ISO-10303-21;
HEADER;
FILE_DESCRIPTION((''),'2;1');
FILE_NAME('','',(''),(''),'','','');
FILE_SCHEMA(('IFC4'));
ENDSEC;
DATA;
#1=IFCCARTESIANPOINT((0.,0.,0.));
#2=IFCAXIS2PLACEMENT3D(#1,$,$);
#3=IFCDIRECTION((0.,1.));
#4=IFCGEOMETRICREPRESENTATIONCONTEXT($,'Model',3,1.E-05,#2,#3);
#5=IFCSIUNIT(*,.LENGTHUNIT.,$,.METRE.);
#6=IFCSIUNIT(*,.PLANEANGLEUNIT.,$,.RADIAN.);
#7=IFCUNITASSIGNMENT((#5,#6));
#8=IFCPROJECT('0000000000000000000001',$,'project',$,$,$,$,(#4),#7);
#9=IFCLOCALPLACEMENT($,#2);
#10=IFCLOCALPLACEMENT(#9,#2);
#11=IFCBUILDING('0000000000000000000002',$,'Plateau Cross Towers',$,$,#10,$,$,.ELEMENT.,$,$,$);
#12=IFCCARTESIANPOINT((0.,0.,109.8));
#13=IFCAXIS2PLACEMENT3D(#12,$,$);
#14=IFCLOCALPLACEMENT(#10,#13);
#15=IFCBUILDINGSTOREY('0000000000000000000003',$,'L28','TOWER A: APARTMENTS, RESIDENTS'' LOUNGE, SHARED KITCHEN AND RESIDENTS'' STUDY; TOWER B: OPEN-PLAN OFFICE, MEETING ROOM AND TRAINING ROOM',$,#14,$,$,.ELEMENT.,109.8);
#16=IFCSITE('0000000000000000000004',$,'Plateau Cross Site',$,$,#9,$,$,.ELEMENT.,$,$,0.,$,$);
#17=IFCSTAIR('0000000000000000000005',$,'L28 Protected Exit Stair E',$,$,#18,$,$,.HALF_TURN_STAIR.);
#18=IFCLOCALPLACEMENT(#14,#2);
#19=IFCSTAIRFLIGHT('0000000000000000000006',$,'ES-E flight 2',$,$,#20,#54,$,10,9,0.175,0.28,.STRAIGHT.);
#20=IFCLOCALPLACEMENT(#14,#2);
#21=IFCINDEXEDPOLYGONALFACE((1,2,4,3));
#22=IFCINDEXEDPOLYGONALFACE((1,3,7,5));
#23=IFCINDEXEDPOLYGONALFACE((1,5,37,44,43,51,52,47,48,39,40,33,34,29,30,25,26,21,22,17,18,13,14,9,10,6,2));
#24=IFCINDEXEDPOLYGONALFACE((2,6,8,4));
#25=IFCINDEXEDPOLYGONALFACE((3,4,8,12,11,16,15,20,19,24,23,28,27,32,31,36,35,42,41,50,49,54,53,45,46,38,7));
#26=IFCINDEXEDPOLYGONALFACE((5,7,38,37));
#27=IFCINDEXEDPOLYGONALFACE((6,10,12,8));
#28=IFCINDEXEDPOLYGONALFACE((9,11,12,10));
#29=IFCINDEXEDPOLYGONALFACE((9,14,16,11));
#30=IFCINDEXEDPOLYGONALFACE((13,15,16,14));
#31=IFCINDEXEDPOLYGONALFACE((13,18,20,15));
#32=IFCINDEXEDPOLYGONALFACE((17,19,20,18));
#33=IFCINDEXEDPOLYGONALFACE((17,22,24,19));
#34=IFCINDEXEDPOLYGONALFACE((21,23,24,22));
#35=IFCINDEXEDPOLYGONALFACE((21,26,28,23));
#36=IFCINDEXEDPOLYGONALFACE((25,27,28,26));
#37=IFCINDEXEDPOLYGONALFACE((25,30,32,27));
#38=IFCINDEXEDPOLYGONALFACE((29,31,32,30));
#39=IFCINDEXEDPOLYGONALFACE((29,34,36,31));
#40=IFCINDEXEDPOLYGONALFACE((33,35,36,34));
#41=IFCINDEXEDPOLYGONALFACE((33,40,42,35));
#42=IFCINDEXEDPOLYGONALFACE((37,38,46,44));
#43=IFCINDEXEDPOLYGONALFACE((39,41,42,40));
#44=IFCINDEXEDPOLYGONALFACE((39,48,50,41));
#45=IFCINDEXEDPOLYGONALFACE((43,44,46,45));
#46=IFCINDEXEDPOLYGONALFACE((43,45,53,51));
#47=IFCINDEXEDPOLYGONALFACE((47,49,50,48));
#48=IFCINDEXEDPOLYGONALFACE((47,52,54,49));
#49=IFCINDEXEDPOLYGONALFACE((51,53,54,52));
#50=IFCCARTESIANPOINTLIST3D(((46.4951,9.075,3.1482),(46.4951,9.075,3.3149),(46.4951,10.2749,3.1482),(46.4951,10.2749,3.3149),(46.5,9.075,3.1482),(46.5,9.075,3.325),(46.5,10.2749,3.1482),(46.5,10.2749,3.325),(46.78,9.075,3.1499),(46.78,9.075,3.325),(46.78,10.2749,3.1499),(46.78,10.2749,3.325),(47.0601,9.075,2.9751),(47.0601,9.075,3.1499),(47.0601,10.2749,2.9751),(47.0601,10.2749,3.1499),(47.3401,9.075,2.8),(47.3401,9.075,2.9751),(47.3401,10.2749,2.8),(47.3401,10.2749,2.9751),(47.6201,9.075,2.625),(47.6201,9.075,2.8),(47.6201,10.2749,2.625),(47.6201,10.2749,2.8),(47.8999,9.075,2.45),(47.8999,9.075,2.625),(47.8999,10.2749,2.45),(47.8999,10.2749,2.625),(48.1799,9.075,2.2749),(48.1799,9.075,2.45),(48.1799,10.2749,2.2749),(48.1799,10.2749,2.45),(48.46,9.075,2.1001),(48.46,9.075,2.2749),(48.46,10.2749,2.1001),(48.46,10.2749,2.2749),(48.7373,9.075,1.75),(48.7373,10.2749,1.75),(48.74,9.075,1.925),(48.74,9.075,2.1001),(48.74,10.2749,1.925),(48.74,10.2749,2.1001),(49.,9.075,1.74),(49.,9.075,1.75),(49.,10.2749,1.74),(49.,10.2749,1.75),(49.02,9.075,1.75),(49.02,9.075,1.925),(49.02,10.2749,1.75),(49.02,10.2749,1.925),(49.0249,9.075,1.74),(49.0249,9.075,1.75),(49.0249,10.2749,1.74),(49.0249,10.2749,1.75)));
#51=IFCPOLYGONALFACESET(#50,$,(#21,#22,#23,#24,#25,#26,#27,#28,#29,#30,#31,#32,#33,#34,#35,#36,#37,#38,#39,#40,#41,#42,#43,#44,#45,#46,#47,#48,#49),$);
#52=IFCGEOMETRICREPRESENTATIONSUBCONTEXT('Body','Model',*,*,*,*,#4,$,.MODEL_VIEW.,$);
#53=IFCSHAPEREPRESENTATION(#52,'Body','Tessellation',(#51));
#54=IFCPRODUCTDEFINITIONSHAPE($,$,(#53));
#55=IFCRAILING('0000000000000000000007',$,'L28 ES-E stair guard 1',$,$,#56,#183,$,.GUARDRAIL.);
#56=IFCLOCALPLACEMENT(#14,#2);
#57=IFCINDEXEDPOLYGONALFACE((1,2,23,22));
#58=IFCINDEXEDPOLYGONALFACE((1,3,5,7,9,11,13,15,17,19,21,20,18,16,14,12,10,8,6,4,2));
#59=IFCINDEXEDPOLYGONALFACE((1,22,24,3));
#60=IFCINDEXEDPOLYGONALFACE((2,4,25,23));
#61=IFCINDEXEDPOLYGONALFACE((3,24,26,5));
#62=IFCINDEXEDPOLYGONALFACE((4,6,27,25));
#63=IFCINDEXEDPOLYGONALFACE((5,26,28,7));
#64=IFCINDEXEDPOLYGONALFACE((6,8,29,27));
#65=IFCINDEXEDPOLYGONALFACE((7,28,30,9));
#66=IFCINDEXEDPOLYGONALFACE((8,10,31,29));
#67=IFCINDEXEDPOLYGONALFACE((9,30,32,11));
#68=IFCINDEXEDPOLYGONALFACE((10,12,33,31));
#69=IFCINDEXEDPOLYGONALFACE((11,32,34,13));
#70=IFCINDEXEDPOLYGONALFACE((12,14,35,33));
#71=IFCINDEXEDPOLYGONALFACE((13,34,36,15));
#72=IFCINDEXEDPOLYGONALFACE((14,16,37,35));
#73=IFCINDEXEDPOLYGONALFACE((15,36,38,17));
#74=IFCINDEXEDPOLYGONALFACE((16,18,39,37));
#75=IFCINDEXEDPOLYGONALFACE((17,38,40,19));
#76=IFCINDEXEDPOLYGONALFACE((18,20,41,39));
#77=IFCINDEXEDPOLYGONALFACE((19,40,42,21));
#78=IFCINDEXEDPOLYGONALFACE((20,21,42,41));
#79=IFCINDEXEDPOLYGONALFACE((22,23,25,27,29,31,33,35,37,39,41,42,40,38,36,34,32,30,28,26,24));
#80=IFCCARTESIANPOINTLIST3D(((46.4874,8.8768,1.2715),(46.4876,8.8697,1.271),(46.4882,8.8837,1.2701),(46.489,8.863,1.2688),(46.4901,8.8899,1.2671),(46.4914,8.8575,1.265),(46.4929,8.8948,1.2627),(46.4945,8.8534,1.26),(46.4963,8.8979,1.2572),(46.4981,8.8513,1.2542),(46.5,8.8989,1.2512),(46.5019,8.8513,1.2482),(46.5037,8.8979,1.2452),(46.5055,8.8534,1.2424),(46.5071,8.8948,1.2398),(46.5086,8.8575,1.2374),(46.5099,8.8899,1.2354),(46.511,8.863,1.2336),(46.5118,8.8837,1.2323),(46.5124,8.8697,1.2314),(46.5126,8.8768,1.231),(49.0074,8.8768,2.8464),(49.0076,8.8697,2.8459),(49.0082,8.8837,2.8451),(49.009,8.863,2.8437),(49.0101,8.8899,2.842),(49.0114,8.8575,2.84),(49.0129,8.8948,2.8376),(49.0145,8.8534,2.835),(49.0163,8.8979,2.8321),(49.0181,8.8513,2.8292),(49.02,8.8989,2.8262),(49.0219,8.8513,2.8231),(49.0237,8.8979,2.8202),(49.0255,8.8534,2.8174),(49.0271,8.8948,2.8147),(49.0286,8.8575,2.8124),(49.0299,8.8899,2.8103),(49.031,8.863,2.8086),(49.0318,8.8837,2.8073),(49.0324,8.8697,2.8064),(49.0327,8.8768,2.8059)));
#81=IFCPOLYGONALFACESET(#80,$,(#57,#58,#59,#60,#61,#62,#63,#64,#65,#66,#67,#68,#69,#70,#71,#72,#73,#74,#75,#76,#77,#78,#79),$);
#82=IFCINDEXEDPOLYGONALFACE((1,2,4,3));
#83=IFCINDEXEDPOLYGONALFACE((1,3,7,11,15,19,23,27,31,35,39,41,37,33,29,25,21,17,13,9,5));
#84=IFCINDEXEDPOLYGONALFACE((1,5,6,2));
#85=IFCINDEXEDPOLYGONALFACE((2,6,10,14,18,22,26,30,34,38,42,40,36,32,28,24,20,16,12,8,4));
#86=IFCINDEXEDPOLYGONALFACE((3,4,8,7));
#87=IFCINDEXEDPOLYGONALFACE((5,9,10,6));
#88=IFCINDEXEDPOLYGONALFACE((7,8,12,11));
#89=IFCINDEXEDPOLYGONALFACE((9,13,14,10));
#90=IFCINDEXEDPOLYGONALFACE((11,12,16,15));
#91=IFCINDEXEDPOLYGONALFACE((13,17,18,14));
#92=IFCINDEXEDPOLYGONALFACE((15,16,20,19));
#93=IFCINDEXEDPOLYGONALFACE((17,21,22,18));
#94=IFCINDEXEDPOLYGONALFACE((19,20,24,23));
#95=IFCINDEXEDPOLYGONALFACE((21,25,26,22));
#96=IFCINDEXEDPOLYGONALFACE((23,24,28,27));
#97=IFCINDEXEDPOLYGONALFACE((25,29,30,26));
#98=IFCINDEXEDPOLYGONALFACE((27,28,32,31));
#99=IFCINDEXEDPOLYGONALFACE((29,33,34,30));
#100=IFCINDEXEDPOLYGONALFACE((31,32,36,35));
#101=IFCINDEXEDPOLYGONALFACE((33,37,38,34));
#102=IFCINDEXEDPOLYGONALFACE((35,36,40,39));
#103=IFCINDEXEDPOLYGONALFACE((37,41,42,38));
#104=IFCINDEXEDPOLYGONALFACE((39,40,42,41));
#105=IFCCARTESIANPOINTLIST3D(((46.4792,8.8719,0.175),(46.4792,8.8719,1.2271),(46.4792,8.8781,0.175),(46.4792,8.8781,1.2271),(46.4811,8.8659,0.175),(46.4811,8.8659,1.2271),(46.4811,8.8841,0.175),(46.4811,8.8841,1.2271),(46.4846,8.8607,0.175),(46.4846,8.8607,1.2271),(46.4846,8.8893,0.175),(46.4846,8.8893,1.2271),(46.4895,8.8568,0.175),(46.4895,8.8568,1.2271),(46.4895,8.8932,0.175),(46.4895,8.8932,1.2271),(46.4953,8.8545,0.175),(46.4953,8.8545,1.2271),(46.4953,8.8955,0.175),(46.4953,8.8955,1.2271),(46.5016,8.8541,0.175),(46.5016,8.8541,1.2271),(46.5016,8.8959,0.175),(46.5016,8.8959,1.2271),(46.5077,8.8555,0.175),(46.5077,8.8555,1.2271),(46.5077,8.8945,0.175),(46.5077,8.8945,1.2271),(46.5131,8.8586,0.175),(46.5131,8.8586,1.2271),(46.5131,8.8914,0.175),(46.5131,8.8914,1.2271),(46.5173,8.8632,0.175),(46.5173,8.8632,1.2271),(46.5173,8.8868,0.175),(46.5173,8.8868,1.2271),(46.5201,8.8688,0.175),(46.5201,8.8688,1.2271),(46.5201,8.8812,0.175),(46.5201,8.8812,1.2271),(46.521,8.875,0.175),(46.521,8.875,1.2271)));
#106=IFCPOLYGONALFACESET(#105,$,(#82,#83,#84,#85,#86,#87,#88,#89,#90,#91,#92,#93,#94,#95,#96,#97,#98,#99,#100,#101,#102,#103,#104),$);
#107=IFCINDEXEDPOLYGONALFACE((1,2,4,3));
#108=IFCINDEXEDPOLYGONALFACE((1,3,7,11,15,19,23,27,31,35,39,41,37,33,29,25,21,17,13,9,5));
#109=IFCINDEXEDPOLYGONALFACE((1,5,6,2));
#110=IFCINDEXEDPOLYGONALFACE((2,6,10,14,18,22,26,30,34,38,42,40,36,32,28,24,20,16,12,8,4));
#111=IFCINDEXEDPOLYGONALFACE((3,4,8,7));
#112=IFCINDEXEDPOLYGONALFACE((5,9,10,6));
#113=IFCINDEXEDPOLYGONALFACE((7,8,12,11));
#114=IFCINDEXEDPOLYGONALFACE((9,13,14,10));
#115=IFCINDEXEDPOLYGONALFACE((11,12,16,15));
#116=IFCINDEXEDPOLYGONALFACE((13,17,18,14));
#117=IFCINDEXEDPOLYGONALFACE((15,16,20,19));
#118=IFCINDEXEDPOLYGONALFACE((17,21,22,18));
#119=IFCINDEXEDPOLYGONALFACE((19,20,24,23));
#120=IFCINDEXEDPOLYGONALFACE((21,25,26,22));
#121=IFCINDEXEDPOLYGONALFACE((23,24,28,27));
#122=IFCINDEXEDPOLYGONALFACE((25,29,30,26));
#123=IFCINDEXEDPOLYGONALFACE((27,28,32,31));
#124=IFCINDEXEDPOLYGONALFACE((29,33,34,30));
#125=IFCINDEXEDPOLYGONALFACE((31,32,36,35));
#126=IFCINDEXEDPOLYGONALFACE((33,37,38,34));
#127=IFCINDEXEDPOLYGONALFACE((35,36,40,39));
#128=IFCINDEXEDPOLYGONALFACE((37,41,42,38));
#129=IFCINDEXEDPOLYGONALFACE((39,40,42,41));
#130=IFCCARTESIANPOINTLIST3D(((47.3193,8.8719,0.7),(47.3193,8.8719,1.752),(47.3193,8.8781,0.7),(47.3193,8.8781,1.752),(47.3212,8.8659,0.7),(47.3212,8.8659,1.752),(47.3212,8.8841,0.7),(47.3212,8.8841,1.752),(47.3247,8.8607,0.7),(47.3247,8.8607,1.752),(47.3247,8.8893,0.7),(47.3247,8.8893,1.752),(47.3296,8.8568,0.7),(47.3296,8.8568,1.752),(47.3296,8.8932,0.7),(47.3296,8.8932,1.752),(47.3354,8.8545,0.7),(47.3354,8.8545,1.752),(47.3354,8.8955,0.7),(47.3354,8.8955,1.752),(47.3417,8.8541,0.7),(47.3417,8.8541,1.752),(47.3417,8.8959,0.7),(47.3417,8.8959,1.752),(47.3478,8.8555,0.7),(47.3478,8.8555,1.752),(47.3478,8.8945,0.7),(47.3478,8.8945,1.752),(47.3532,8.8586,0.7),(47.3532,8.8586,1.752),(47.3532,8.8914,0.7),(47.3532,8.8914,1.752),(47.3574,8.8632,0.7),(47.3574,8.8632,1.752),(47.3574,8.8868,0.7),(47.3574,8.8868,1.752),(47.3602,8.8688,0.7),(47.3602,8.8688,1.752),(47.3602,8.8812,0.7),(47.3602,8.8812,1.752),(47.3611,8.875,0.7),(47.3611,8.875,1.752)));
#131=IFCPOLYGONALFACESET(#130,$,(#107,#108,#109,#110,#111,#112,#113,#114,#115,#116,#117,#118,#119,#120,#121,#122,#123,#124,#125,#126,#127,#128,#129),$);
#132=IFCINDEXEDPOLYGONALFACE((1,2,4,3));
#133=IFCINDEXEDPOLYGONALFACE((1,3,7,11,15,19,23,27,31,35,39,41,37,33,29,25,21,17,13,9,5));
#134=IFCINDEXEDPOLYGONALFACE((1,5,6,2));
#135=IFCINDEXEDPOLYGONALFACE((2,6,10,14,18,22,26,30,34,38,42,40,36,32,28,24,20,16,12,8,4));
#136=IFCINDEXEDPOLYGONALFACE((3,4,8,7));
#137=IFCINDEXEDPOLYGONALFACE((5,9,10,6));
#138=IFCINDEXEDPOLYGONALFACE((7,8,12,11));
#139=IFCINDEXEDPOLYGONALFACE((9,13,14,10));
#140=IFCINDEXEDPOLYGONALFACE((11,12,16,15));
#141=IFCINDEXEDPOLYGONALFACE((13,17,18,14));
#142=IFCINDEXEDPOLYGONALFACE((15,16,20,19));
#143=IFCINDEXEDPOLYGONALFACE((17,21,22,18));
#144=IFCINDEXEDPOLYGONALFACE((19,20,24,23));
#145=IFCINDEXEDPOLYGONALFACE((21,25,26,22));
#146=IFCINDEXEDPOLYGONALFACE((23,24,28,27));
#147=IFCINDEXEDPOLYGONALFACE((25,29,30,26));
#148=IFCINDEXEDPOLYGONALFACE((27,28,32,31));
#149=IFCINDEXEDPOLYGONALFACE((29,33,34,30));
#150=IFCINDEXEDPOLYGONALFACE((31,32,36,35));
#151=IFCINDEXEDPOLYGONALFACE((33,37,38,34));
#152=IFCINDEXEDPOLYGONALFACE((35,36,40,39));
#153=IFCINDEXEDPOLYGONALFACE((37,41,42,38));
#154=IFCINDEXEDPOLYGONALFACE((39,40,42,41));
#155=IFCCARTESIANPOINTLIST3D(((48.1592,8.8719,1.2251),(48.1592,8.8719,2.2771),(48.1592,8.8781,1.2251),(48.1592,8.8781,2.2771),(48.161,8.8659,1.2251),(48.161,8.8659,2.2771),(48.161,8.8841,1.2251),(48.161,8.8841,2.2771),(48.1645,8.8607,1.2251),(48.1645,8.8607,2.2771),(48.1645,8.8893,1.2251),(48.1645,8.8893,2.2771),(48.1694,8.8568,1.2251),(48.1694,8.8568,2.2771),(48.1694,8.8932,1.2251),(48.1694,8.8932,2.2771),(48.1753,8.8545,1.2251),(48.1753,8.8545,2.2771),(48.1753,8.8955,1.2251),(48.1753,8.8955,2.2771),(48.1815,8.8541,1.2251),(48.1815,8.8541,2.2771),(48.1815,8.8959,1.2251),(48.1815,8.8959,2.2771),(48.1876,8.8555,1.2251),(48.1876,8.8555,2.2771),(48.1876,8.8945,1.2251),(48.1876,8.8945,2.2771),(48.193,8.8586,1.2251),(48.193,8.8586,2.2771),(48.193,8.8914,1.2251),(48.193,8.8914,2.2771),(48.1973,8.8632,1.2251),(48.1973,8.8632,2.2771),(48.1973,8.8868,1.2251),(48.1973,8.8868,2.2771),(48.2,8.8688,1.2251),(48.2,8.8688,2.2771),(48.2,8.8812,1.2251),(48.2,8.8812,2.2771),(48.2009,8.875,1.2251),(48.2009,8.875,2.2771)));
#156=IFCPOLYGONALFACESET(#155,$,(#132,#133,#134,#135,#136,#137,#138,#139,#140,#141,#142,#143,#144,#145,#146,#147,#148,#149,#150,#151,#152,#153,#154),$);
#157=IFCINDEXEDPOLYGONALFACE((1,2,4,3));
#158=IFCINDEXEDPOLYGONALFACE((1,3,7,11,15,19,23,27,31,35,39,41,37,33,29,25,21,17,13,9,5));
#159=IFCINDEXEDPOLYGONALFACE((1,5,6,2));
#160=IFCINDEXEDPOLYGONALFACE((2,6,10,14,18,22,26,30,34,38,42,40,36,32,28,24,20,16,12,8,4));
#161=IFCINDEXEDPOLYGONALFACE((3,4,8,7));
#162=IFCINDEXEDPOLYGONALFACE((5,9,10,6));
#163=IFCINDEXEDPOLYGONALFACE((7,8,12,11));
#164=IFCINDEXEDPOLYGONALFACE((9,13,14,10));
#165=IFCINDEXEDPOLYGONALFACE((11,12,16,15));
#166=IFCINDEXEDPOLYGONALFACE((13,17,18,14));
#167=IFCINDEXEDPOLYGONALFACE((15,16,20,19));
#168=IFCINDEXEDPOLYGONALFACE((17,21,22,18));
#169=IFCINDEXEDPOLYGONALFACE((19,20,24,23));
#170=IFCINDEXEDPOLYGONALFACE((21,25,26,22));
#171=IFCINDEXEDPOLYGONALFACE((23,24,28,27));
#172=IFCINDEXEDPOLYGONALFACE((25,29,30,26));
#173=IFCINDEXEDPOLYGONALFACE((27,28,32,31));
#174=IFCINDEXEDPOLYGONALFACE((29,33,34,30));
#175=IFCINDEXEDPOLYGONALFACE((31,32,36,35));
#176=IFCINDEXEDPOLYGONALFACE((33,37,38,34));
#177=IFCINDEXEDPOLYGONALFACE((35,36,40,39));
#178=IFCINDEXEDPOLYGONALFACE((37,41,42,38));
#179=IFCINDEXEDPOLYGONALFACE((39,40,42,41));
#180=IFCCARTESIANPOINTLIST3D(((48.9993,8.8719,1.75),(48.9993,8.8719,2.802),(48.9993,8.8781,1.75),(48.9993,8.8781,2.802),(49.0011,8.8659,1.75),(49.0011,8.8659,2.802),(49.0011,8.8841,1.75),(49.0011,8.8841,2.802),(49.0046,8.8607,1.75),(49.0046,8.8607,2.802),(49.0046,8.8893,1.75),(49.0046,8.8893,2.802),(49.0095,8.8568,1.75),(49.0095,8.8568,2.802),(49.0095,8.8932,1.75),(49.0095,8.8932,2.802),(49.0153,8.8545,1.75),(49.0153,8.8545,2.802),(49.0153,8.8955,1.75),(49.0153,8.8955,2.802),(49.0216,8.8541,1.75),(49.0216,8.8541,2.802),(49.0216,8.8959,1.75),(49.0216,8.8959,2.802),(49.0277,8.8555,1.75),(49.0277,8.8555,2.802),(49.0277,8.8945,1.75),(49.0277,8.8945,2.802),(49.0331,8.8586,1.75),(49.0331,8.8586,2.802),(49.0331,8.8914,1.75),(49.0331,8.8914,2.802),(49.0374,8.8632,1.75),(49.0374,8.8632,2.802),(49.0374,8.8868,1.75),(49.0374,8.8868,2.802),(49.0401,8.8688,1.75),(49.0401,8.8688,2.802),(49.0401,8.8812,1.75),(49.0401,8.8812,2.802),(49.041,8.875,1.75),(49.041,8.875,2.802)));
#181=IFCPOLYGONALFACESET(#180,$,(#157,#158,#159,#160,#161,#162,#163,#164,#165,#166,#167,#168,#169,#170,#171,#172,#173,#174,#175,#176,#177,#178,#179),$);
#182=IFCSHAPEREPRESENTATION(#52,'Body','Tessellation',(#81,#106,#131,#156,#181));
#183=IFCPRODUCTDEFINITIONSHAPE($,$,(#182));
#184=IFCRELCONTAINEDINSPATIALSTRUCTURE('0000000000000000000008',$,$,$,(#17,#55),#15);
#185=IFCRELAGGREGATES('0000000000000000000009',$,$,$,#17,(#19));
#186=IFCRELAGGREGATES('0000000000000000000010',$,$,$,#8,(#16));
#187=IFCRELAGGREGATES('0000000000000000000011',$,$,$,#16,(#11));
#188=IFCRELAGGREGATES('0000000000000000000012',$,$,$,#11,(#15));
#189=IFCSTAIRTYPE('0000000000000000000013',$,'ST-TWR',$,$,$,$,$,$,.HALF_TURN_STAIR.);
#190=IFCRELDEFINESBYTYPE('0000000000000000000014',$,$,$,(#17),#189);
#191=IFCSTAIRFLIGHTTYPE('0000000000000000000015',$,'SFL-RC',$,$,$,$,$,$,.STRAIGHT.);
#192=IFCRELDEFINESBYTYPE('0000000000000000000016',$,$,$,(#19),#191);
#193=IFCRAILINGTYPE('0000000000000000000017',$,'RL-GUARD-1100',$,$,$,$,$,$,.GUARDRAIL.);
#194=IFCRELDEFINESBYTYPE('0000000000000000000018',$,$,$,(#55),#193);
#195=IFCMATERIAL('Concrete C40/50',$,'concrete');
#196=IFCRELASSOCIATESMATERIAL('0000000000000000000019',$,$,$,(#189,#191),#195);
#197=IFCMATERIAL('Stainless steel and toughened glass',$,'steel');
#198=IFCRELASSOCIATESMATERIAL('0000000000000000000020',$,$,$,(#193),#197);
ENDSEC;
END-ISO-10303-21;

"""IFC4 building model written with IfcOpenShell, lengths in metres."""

from ifc_helpers import new_model, si_unit, direction, frame, origin, origin_2d, place, context, subcontext, project, spatial, polyline, circle, outline, extrude, material, type_object, element, aggregate, save


model = new_model("IFC4")

# Units and contexts
model_context = context("Model", 3, precision=1e-05, world=origin(), true_north=direction((0.0, 1.0)))
body_context = subcontext(model_context, "Body", "Model", "MODEL_VIEW")
ifc_project = project(units=[si_unit("LENGTHUNIT", "METRE"), si_unit("PLANEANGLEUNIT", "RADIAN")], contexts=[model_context])

# Site, building, storey
site_placement = place(None, origin())
site = spatial("IfcSite", under=ifc_project, at=site_placement, Name="Plateau Cross Site", CompositionType="ELEMENT", RefElevation=0.0)
building_placement = place(site_placement, origin())
building = spatial("IfcBuilding", under=site, at=building_placement, Name="Plateau Cross Towers", CompositionType="ELEMENT")
storey_placement = place(building_placement, frame((0.0, 0.0, 109.8)))
storey = spatial("IfcBuildingStorey", under=building, at=storey_placement, Name="L28", Description="TOWER A: APARTMENTS, RESIDENTS' LOUNGE, SHARED KITCHEN AND RESIDENTS' STUDY; TOWER B: OPEN-PLAN OFFICE, MEETING ROOM AND TRAINING ROOM", CompositionType="ELEMENT", Elevation=109.8)

# Stair, stair flight
ifc_material_1 = material(Name="Concrete C40/50", Category="concrete")
stair_type = type_object("IfcStairType", Name="ST-TWR", PredefinedType="HALF_TURN_STAIR", material=ifc_material_1)
stair_placement = place(storey_placement, origin())
stair = element("IfcStair", 1, at=stair_placement, inside=storey, type_object=stair_type, Name="L28 Protected Exit Stair E", PredefinedType="HALF_TURN_STAIR")
stair_flight_type = type_object("IfcStairFlightType", Name="SFL-RC", PredefinedType="STRAIGHT", material=ifc_material_1)
stair_flight_1_placement = place(storey_placement, frame((49.02, 9.675, 1.75), z_axis=(0.0, 0.0, 1.0), x_axis=(-1.0, 0.0, 0.0)))
stair_flight_1 = element("IfcStairFlight", 2, at=stair_flight_1_placement, type_object=stair_flight_type, Name="ES-E flight 2", NumberOfRisers=10, NumberOfTreads=9, PredefinedType="STRAIGHT", RiserHeight=0.175, TreadLength=0.28, context=body_context, shape_type="SweptSolid", body=[
    extrude(outline(polyline([(-0.0049, -0.01), (-0.0049, 0.0), (0.0, 0.0), (0.0, 0.175), (0.28, 0.175), (0.28, 0.3501), (0.5601, 0.3501), (0.5601, 0.5249), (0.8401, 0.5249), (0.8401, 0.7), (1.1201, 0.7), (1.1201, 0.875), (1.3999, 0.875), (1.3999, 1.05), (1.6799, 1.05), (1.6799, 1.2251), (1.96, 1.2251), (1.96, 1.3999), (2.24, 1.3999), (2.24, 1.575), (2.52, 1.575), (2.5249, 1.5649), (2.5249, 1.3982), (2.52, 1.3982), (0.2827, 0.0), (0.02, 0.0), (0.02, -0.01), (-0.0049, -0.01)])), frame((0.0, 0.6001, 0.0), z_axis=(0.0, -1.0, 0.0), x_axis=(1.0, 0.0, 0.0)), (0.0, 0.0, 1.0), 1.2),
])
aggregate(stair, [stair_flight_1])

# Railing
ifc_material_2 = material(Name="Stainless steel and toughened glass", Category="steel")
railing_type_1 = type_object("IfcRailingType", Name="RL-GUARD-1100", PredefinedType="GUARDRAIL", material=ifc_material_2)
railing_1_placement = place(storey_placement, frame((46.5, 8.875, 0.175)))
element("IfcRailing", 3, at=railing_1_placement, inside=storey, type_object=railing_type_1, Name="L28 ES-E stair guard 1", PredefinedType="GUARDRAIL", context=body_context, shape_type="SweptSolid", body=[
    extrude(circle(Radius=0.0239, at=origin_2d()), frame((0.0, 0.0, 1.0762), z_axis=(0.848008, 0.0, 0.529984), x_axis=(0.0, 1.0, 0.0)), (0.0, 0.0, 1.0), 2.9717),
    extrude(circle(Radius=0.021, at=origin_2d()), origin(), (0.0, 0.0, 1.0), 1.052),
    extrude(circle(Radius=0.021, at=origin_2d()), frame((0.8401, 0.0, 0.5249)), (0.0, 0.0, 1.0), 1.052),
    extrude(circle(Radius=0.021, at=origin_2d()), frame((1.6799, 0.0, 1.05)), (0.0, 0.0, 1.0), 1.052),
    extrude(circle(Radius=0.021, at=origin_2d()), frame((2.52, 0.0, 1.575)), (0.0, 0.0, 1.0), 1.052),
])

save(model, "model.ifc")
